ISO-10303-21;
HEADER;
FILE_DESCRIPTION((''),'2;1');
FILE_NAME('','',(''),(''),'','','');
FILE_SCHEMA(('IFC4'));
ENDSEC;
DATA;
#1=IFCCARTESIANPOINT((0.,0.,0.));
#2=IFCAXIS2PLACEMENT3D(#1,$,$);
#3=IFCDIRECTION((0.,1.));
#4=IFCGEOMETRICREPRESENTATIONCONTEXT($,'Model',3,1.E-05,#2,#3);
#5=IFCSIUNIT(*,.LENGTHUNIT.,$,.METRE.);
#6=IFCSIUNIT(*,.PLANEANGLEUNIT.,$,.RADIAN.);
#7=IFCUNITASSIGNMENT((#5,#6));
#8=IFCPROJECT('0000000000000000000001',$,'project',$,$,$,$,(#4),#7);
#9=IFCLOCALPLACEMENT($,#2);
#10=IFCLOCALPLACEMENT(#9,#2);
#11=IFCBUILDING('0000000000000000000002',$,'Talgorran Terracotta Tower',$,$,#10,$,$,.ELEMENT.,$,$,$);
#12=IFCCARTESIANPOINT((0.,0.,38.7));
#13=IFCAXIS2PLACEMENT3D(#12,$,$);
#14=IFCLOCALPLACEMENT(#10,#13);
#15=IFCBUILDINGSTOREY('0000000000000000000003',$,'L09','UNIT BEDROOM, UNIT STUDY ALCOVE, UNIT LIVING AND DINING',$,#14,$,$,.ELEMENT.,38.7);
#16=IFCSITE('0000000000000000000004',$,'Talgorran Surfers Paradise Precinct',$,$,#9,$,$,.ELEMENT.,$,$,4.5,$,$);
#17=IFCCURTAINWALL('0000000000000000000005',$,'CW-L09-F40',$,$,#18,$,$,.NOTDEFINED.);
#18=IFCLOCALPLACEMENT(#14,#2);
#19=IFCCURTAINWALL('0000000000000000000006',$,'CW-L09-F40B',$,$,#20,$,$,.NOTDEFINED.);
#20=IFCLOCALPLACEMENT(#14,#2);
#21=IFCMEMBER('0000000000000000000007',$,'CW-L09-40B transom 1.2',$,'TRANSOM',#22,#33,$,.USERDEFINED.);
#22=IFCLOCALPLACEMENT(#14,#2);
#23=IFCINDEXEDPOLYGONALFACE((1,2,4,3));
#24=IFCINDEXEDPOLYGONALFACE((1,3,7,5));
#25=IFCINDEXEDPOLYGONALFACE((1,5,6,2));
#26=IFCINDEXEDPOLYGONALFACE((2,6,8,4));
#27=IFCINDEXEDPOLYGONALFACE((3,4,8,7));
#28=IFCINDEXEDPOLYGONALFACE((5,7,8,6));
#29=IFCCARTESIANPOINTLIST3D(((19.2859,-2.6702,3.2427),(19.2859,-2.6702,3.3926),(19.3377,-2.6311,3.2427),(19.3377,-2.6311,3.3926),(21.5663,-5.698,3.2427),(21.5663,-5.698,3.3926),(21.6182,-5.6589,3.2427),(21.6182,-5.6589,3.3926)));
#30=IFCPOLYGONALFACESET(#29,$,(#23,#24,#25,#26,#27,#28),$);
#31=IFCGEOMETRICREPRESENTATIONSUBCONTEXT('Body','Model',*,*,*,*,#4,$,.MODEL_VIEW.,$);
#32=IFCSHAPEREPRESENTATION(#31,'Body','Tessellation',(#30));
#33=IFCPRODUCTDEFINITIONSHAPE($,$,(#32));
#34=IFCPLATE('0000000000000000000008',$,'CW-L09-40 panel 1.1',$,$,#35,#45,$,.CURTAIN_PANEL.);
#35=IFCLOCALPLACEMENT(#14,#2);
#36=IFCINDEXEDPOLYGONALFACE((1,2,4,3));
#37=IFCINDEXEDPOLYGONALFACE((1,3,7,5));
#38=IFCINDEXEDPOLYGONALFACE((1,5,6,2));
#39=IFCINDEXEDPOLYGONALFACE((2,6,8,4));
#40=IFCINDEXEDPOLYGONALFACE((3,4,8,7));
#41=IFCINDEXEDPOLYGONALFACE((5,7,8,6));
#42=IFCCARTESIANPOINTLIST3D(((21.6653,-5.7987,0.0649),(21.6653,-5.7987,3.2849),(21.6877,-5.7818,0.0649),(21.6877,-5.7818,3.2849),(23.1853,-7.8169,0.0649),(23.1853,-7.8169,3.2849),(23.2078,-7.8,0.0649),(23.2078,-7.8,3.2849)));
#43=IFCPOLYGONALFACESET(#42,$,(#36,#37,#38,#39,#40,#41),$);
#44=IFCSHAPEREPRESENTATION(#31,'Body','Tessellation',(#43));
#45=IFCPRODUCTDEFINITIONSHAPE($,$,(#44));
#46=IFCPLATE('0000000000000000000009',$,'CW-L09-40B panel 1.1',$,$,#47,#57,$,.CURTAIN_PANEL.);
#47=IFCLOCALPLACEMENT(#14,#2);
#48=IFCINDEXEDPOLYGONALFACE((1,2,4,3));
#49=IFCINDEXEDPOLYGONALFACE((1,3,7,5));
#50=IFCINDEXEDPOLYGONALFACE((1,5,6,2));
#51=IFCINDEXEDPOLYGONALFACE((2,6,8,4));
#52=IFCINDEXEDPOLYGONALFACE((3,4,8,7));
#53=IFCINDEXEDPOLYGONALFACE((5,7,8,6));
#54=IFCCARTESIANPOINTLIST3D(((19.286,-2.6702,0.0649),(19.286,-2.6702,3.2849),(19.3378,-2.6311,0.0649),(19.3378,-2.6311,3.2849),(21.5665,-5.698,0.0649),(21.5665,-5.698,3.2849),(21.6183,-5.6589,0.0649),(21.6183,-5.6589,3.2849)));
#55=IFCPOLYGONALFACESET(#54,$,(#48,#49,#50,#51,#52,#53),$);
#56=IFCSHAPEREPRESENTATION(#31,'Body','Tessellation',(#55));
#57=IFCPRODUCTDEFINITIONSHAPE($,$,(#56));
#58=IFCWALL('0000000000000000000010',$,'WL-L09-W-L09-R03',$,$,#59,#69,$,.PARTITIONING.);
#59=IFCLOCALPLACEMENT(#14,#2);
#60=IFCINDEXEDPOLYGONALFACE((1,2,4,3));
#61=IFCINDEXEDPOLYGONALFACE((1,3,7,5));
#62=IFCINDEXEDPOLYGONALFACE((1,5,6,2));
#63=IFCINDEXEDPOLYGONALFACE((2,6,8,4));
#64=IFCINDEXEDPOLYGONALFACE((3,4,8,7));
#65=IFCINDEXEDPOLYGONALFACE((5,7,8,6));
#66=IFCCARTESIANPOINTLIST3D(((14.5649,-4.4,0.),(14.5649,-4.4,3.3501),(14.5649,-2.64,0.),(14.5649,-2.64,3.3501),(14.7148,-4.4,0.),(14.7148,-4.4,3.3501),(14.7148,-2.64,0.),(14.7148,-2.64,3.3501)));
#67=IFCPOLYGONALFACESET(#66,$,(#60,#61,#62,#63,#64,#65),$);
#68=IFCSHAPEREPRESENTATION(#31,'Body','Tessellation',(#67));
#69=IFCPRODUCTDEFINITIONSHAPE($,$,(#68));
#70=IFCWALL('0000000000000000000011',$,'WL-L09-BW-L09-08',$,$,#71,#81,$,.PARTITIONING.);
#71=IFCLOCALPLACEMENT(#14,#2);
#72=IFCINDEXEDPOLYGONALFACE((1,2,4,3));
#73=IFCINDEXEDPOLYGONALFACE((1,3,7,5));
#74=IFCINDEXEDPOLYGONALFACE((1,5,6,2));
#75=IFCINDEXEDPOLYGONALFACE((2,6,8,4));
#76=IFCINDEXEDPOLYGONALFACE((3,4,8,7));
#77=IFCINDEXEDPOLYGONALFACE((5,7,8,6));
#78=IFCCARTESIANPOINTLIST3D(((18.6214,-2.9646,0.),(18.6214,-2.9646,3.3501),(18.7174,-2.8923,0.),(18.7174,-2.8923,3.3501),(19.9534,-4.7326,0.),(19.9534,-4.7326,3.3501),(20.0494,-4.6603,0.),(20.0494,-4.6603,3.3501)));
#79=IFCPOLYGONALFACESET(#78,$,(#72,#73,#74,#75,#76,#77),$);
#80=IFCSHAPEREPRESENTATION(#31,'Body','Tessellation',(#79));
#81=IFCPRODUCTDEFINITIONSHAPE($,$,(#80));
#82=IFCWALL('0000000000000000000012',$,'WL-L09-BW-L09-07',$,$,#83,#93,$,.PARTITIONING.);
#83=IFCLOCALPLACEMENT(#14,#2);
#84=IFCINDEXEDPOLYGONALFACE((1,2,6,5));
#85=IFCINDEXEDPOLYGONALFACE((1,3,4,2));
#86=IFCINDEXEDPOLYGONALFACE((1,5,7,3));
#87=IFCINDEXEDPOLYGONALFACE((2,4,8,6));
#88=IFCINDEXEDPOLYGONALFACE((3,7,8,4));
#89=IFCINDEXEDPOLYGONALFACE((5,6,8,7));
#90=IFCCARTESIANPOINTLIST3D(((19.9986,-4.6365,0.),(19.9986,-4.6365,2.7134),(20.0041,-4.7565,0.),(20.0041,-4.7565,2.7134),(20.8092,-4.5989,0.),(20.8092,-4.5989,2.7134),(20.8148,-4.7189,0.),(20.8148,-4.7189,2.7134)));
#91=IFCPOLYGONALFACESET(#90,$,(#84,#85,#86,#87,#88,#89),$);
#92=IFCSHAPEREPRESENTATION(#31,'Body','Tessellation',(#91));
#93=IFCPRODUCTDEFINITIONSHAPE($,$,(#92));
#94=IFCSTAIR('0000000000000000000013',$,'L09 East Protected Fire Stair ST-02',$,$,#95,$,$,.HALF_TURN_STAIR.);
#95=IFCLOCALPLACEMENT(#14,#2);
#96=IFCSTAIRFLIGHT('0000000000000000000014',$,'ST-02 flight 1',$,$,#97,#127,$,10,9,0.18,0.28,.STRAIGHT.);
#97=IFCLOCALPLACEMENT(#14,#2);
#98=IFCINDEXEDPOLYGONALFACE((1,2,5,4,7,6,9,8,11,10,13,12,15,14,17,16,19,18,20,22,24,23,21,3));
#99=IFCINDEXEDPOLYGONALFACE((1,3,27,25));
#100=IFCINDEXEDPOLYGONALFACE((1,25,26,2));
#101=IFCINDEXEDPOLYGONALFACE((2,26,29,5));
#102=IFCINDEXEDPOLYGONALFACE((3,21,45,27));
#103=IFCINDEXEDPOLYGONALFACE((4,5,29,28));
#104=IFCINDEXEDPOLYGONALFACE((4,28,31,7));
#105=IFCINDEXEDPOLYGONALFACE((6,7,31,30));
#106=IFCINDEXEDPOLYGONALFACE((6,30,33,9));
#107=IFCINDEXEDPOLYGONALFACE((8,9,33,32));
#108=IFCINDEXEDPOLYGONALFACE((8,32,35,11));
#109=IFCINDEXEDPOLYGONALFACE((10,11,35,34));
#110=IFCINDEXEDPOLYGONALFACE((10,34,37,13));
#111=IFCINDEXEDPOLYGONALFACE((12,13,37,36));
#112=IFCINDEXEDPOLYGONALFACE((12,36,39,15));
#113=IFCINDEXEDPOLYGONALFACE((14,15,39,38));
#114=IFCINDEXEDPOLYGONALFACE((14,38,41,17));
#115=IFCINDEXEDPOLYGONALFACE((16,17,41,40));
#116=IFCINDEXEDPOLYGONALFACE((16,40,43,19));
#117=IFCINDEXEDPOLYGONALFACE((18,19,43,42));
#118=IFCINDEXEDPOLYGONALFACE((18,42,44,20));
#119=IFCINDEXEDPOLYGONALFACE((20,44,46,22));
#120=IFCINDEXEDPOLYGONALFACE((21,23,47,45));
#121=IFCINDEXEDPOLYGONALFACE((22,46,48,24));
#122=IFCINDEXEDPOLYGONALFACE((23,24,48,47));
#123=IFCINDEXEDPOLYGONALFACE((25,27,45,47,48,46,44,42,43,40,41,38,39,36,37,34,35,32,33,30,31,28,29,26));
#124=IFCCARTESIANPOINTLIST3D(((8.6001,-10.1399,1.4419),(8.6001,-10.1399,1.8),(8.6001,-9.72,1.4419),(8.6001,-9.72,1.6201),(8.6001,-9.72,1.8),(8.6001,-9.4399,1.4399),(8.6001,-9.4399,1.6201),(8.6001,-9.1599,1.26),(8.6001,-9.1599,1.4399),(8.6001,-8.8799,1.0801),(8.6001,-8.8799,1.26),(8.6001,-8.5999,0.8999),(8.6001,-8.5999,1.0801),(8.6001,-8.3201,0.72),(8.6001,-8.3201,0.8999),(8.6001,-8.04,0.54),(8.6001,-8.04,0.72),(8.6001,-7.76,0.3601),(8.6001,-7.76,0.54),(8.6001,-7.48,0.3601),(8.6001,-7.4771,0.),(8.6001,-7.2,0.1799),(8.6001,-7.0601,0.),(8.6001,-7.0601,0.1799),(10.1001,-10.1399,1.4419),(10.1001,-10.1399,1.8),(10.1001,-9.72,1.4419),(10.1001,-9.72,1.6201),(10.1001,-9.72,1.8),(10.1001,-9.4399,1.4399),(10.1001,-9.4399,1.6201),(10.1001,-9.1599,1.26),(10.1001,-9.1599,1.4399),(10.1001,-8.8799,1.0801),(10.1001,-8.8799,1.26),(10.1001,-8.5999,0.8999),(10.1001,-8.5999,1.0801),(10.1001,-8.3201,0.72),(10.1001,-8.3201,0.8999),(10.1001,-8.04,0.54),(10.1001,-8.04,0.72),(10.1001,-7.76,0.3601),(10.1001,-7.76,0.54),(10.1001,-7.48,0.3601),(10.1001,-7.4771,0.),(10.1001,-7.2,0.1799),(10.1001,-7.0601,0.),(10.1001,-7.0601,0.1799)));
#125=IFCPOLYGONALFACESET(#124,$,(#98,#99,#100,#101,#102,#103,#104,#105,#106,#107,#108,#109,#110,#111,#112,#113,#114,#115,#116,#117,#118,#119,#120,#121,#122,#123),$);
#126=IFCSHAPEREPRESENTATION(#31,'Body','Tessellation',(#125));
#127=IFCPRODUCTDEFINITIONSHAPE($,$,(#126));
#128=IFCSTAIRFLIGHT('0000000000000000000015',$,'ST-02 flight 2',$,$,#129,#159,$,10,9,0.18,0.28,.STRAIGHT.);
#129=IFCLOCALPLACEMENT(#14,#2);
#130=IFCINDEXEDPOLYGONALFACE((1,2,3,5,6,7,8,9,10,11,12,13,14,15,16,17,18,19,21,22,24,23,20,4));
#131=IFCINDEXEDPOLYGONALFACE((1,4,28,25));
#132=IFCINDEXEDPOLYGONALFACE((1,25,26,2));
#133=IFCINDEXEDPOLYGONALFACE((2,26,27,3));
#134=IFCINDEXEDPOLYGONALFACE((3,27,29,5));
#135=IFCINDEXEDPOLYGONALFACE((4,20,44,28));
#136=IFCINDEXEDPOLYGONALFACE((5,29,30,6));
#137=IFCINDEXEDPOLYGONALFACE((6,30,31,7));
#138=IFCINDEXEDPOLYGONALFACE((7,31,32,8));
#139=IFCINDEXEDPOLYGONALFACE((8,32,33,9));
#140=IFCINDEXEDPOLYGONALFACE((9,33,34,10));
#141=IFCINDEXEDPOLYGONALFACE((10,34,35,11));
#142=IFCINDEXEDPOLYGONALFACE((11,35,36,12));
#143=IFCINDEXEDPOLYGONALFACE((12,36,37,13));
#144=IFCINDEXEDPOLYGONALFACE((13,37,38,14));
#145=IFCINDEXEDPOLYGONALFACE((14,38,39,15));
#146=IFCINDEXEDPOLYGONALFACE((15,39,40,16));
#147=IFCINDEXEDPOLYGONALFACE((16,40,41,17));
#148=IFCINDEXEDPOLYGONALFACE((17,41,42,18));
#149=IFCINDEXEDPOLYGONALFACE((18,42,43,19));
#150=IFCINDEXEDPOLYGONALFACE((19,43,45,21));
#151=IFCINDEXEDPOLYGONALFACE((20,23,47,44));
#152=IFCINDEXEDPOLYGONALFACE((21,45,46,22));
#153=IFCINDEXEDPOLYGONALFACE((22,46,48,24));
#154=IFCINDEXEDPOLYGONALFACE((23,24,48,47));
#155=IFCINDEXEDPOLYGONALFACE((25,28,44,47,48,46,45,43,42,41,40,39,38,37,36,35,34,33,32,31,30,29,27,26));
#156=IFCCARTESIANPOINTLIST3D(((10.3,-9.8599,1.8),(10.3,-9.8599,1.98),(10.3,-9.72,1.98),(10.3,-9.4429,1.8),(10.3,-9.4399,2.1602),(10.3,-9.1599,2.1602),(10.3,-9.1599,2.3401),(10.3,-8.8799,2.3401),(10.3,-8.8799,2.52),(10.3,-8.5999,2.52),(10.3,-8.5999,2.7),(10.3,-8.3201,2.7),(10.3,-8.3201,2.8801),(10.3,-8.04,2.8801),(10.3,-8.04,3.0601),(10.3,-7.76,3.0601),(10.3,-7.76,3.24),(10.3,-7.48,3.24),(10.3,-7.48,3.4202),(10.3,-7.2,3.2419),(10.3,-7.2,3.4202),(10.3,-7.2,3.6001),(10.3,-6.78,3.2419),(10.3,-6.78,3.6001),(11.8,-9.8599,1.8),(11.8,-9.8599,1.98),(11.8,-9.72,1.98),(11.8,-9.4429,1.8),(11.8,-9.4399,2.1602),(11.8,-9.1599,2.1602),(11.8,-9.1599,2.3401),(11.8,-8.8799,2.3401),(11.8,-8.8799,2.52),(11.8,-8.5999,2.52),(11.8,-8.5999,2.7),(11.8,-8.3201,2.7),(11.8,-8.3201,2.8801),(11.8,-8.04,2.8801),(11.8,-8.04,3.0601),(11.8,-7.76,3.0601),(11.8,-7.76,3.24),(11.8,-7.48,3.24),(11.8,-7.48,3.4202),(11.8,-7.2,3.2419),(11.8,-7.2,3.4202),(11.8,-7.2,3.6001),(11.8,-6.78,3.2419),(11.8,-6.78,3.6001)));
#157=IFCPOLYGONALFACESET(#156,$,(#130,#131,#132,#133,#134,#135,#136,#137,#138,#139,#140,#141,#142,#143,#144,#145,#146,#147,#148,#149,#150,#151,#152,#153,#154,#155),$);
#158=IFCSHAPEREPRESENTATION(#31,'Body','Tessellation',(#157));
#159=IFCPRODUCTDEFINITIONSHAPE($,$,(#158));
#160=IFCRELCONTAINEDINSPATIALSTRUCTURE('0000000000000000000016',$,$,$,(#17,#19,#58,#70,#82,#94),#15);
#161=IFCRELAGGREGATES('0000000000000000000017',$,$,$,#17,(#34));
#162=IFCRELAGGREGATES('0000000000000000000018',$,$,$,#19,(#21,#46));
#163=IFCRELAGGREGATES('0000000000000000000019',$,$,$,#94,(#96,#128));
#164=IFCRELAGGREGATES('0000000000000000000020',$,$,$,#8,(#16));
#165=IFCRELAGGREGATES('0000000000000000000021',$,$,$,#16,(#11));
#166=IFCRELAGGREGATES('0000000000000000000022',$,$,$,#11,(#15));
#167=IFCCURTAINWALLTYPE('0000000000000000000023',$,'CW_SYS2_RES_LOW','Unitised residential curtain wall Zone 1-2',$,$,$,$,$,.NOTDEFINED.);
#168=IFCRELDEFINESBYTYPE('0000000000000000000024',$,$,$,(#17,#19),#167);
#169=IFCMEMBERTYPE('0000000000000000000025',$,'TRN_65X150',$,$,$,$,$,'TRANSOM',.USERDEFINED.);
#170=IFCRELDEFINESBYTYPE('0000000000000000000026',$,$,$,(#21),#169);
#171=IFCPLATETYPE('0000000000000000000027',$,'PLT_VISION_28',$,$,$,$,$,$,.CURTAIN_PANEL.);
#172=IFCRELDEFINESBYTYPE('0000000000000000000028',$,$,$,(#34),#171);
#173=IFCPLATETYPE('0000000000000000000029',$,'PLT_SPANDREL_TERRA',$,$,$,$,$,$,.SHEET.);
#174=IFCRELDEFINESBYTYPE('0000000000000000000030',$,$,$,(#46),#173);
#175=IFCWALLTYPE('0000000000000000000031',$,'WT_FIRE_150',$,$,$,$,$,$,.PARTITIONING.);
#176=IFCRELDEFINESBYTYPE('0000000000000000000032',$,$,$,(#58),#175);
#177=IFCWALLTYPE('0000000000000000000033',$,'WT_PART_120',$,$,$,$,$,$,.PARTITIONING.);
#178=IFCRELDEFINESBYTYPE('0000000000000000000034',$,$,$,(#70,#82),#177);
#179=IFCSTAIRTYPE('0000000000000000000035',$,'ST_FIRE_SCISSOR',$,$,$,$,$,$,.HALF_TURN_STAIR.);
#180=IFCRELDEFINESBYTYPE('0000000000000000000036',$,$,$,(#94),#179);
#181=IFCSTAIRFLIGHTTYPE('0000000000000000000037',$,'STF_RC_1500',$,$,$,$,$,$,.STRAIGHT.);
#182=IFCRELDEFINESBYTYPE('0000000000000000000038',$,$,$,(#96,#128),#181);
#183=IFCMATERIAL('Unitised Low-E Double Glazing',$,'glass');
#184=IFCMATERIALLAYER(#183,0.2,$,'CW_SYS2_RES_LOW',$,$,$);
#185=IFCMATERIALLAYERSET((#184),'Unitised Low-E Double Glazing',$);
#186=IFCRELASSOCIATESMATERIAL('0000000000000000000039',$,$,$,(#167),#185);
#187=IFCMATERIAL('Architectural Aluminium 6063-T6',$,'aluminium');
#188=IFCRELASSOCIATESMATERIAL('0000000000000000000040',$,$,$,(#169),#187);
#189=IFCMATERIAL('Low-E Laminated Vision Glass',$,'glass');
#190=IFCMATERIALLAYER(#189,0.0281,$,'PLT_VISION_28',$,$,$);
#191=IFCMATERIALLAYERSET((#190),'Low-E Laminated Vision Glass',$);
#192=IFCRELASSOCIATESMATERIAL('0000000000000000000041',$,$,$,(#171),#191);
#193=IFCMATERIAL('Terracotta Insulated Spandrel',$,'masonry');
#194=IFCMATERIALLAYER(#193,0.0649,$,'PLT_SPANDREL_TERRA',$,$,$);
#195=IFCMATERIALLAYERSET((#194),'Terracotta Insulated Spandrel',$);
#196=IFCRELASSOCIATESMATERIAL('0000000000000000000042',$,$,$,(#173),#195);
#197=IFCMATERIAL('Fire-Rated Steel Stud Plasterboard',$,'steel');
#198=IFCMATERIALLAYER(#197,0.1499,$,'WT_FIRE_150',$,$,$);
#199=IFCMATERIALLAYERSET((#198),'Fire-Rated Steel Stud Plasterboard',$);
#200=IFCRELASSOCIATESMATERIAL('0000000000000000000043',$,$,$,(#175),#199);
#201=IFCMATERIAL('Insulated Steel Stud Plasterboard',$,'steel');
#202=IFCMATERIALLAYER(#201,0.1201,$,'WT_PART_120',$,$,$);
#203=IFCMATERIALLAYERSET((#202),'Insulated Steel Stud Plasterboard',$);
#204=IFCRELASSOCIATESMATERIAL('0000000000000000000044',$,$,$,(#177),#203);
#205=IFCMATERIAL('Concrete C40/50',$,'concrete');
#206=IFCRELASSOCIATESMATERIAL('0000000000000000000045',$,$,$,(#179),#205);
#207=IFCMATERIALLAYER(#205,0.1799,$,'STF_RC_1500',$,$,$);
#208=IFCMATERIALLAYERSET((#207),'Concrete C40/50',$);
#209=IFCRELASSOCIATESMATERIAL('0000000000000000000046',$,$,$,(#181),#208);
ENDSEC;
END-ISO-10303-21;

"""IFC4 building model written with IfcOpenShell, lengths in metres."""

from ifc_helpers import new_model, si_unit, direction, frame, frame_2d, origin, origin_2d, place, context, subcontext, project, spatial, polyline, rectangle, outline, extrude, source, transform, mapped, material, layer, layer_set, material_profile, profile_set, type_object, type_shapes, element, aggregate, save


model = new_model("IFC4")

# Units and contexts
model_context = context("Model", 3, precision=1e-05, world=origin(), true_north=direction((0.0, 1.0)))
body_context = subcontext(model_context, "Body", "Model", "MODEL_VIEW")
ifc_project = project(units=[si_unit("LENGTHUNIT", "METRE"), si_unit("PLANEANGLEUNIT", "RADIAN")], contexts=[model_context])

# Site, building, storey
site_placement = place(None, origin())
site = spatial("IfcSite", under=ifc_project, at=site_placement, Name="Talgorran Surfers Paradise Precinct", CompositionType="ELEMENT", RefElevation=4.5)
building_placement = place(site_placement, origin())
building = spatial("IfcBuilding", under=site, at=building_placement, Name="Talgorran Terracotta Tower", CompositionType="ELEMENT")
storey_placement = place(building_placement, frame((0.0, 0.0, 38.7)))
storey = spatial("IfcBuildingStorey", under=building, at=storey_placement, Name="L09", Description="UNIT BEDROOM, UNIT STUDY ALCOVE, UNIT LIVING AND DINING", CompositionType="ELEMENT", Elevation=38.7)

# Shared definitions
ifc_material_1 = material(Name="Unitised Low-E Double Glazing", Category="glass")
ifc_layer_1 = layer(ifc_material_1, 0.2, Name="CW_SYS2_RES_LOW")
ifc_layer_set_1 = layer_set([ifc_layer_1], Name="Unitised Low-E Double Glazing")
curtain_wall_type = type_object("IfcCurtainWallType", Name="CW_SYS2_RES_LOW", Description="Unitised residential curtain wall Zone 1-2", PredefinedType="NOTDEFINED", material=ifc_layer_set_1)
ifc_material_2 = material(Name="Architectural Aluminium 6063-T6", Category="aluminium")

# Curtain wall
curtain_wall_1_placement = place(storey_placement, origin())
curtain_wall_1 = element("IfcCurtainWall", 1, at=curtain_wall_1_placement, inside=storey, type_object=curtain_wall_type, Name="CW-L09-F40", PredefinedType="NOTDEFINED")

# Curtain wall
curtain_wall_2_placement = place(storey_placement, origin())
curtain_wall_2 = element("IfcCurtainWall", 2, at=curtain_wall_2_placement, inside=storey, type_object=curtain_wall_type, Name="CW-L09-F40B", PredefinedType="NOTDEFINED")

# Member
ifc_material_profile_1 = material_profile(ifc_material_2, rectangle(XDim=0.0649, YDim=0.1499, at=origin_2d()), Name="CWT65X150")
ifc_profile_set_1 = profile_set([ifc_material_profile_1], Name="Architectural Aluminium 6063-T6")
member_type_1 = type_object("IfcMemberType", Name="TRN_65X150", ElementType="TRANSOM", PredefinedType="USERDEFINED", material=ifc_profile_set_1)
member_1_placement = place(storey_placement, frame((21.5923, -5.6785, 3.3176), z_axis=(-0.601627, 0.798777, 0.0), x_axis=(-0.798777, -0.601627, 0.0)))
member_1 = element("IfcMember", 3, at=member_1_placement, type_object=member_type_1, Name="CW-L09-40B transom 1.2", ObjectType="TRANSOM", PredefinedType="USERDEFINED", context=body_context, shape_type="SweptSolid", body=[
    extrude(rectangle(XDim=0.0649, YDim=0.1499, at=origin_2d()), origin(), (0.0, 0.0, 1.0), 3.7905),
])

# Plates
ifc_material_3 = material(Name="Low-E Laminated Vision Glass", Category="glass")
ifc_layer_2 = layer(ifc_material_3, 0.0281, Name="PLT_VISION_28")
ifc_layer_set_2 = layer_set([ifc_layer_2], Name="Low-E Laminated Vision Glass")
plate_type_1 = type_object("IfcPlateType", Name="PLT_VISION_28", PredefinedType="CURTAIN_PANEL", material=ifc_layer_set_2)
shared_shape_1 = source(origin(), body_context, "Body", "SweptSolid", [
    extrude(rectangle(XDim=2.5266, YDim=0.0281, at=origin_2d()), origin(), (0.0, 0.0, 1.0), 3.22),
])
type_shapes(plate_type_1, [shared_shape_1])
plate_1_placement = place(storey_placement, frame((22.4365, -6.7993, 0.0649), z_axis=(0.0, 0.0, 1.0), x_axis=(-0.601619, 0.798783, 0.0)))
plate_1 = element("IfcPlate", 4, at=plate_1_placement, type_object=plate_type_1, Name="CW-L09-40 panel 1.1", PredefinedType="CURTAIN_PANEL", context=body_context, shape_type="MappedRepresentation", body=[
    mapped(shared_shape_1, transform((0.0, 0.0, 0.0), scale=1.0)),
])
aggregate(curtain_wall_1, [plate_1])
ifc_material_4 = material(Name="Terracotta Insulated Spandrel", Category="masonry")
ifc_layer_3 = layer(ifc_material_4, 0.0649, Name="PLT_SPANDREL_TERRA")
ifc_layer_set_3 = layer_set([ifc_layer_3], Name="Terracotta Insulated Spandrel")
plate_type_2 = type_object("IfcPlateType", Name="PLT_SPANDREL_TERRA", PredefinedType="SHEET", material=ifc_layer_set_3)
shared_shape_2 = source(origin(), body_context, "Body", "SweptSolid", [
    extrude(rectangle(XDim=3.7905, YDim=0.0649, at=origin_2d()), origin(), (0.0, 0.0, 1.0), 3.22),
])
type_shapes(plate_type_2, [shared_shape_2])
plate_2_placement = place(storey_placement, frame((20.4521, -4.1646, 0.0649), z_axis=(0.0, 0.0, 1.0), x_axis=(-0.601631, 0.798774, 0.0)))
plate_2 = element("IfcPlate", 5, at=plate_2_placement, type_object=plate_type_2, Name="CW-L09-40B panel 1.1", PredefinedType="CURTAIN_PANEL", context=body_context, shape_type="MappedRepresentation", body=[
    mapped(shared_shape_2, transform((0.0, 0.0, 0.0), scale=1.0)),
])
aggregate(curtain_wall_2, [member_1, plate_2])

# Walls
ifc_material_5 = material(Name="Fire-Rated Steel Stud Plasterboard", Category="steel")
ifc_layer_4 = layer(ifc_material_5, 0.1499, Name="WT_FIRE_150")
ifc_layer_set_4 = layer_set([ifc_layer_4], Name="Fire-Rated Steel Stud Plasterboard")
wall_type_1 = type_object("IfcWallType", Name="WT_FIRE_150", PredefinedType="PARTITIONING", material=ifc_layer_set_4)
wall_1_placement = place(storey_placement, frame((14.6399, -4.3999, 0.0), z_axis=(0.0, 0.0, 1.0), x_axis=(0.0, 1.0, 0.0)))
element("IfcWall", 6, at=wall_1_placement, inside=storey, type_object=wall_type_1, Name="WL-L09-W-L09-R03", PredefinedType="PARTITIONING", context=body_context, shape_type="SweptSolid", body=[
    extrude(rectangle(XDim=1.76, YDim=0.1499, at=frame_2d((0.8799, 0.0))), origin(), (0.0, 0.0, 1.0), 3.3501),
])
ifc_material_6 = material(Name="Insulated Steel Stud Plasterboard", Category="steel")
ifc_layer_5 = layer(ifc_material_6, 0.1201, Name="WT_PART_120")
ifc_layer_set_5 = layer_set([ifc_layer_5], Name="Insulated Steel Stud Plasterboard")
wall_type_2 = type_object("IfcWallType", Name="WT_PART_120", PredefinedType="PARTITIONING", material=ifc_layer_set_5)
wall_2_placement = place(storey_placement, frame((20.0015, -4.6965, 0.0), z_axis=(0.0, 0.0, 1.0), x_axis=(-0.601728, 0.798701, 0.0)))
element("IfcWall", 7, at=wall_2_placement, inside=storey, type_object=wall_type_2, Name="WL-L09-BW-L09-08", PredefinedType="PARTITIONING", context=body_context, shape_type="SweptSolid", body=[
    extrude(rectangle(XDim=2.2136, YDim=0.1201, at=frame_2d((1.1069, 0.0))), origin(), (0.0, 0.0, 1.0), 3.3501),
])
wall_3_placement = place(storey_placement, frame((20.812, -4.6589, 0.0), z_axis=(0.0, 0.0, 1.0), x_axis=(-0.998926, -0.046336, 0.0)))
element("IfcWall", 8, at=wall_3_placement, inside=storey, type_object=wall_type_2, Name="WL-L09-BW-L09-07", PredefinedType="PARTITIONING", context=body_context, shape_type="SweptSolid", body=[
    extrude(rectangle(XDim=0.8115, YDim=0.1201, at=frame_2d((0.4058, 0.0))), origin(), (0.0, 0.0, 1.0), 2.7134),
])

# Stair, stair flights
ifc_material_7 = material(Name="Concrete C40/50", Category="concrete")
stair_type = type_object("IfcStairType", Name="ST_FIRE_SCISSOR", PredefinedType="HALF_TURN_STAIR", material=ifc_material_7)
stair_placement = place(storey_placement, origin())
stair = element("IfcStair", 9, at=stair_placement, inside=storey, type_object=stair_type, Name="L09 East Protected Fire Stair ST-02", PredefinedType="HALF_TURN_STAIR")
ifc_layer_6 = layer(ifc_material_7, 0.1799, Name="STF_RC_1500")
ifc_layer_set_6 = layer_set([ifc_layer_6], Name="Concrete C40/50")
stair_flight_type = type_object("IfcStairFlightType", Name="STF_RC_1500", PredefinedType="STRAIGHT", material=ifc_layer_set_6)
stair_flight_1_placement = place(storey_placement, frame((9.3501, -7.2, 0.0), z_axis=(0.0, 0.0, 1.0), x_axis=(0.0, -1.0, 0.0)))
stair_flight_1 = element("IfcStairFlight", 10, at=stair_flight_1_placement, type_object=stair_flight_type, Name="ST-02 flight 1", NumberOfRisers=10, NumberOfTreads=9, PredefinedType="STRAIGHT", RiserHeight=0.18, TreadLength=0.28, context=body_context, shape_type="SweptSolid", body=[
    extrude(outline(polyline([(-0.1399, 0.0), (-0.1399, 0.1799), (0.0, 0.1799), (0.28, 0.3601), (0.5601, 0.3601), (0.5601, 0.54), (0.8401, 0.54), (0.8401, 0.72), (1.1201, 0.72), (1.1201, 0.8999), (1.3999, 0.8999), (1.3999, 1.0801), (1.6799, 1.0801), (1.6799, 1.26), (1.96, 1.26), (1.96, 1.4399), (2.24, 1.4399), (2.24, 1.6201), (2.52, 1.6201), (2.52, 1.8), (2.9399, 1.8), (2.9399, 1.4419), (2.52, 1.4419), (0.2771, 0.0), (-0.1399, 0.0)])), frame((0.0, 0.75, 0.0), z_axis=(0.0, -1.0, 0.0), x_axis=(1.0, 0.0, 0.0)), (0.0, 0.0, 1.0), 1.5),
])
stair_flight_2_placement = place(storey_placement, frame((11.05, -9.72, 1.8), z_axis=(0.0, 0.0, 1.0), x_axis=(0.0, 1.0, 0.0)))
stair_flight_2 = element("IfcStairFlight", 11, at=stair_flight_2_placement, type_object=stair_flight_type, Name="ST-02 flight 2", NumberOfRisers=10, NumberOfTreads=9, PredefinedType="STRAIGHT", RiserHeight=0.18, TreadLength=0.28, context=body_context, shape_type="SweptSolid", body=[
    extrude(outline(polyline([(-0.1399, 0.0), (-0.1399, 0.1799), (0.0, 0.1799), (0.28, 0.3601), (0.5601, 0.3601), (0.5601, 0.54), (0.8401, 0.54), (0.8401, 0.72), (1.1201, 0.72), (1.1201, 0.8999), (1.3999, 0.8999), (1.3999, 1.0801), (1.6799, 1.0801), (1.6799, 1.26), (1.96, 1.26), (1.96, 1.4399), (2.24, 1.4399), (2.24, 1.6201), (2.52, 1.6201), (2.52, 1.8), (2.9399, 1.8), (2.9399, 1.4419), (2.52, 1.4419), (0.2771, 0.0), (-0.1399, 0.0)])), frame((0.0, 0.75, 0.0), z_axis=(0.0, -1.0, 0.0), x_axis=(1.0, 0.0, 0.0)), (0.0, 0.0, 1.0), 1.5),
])
aggregate(stair, [stair_flight_1, stair_flight_2])

save(model, "model.ifc")
